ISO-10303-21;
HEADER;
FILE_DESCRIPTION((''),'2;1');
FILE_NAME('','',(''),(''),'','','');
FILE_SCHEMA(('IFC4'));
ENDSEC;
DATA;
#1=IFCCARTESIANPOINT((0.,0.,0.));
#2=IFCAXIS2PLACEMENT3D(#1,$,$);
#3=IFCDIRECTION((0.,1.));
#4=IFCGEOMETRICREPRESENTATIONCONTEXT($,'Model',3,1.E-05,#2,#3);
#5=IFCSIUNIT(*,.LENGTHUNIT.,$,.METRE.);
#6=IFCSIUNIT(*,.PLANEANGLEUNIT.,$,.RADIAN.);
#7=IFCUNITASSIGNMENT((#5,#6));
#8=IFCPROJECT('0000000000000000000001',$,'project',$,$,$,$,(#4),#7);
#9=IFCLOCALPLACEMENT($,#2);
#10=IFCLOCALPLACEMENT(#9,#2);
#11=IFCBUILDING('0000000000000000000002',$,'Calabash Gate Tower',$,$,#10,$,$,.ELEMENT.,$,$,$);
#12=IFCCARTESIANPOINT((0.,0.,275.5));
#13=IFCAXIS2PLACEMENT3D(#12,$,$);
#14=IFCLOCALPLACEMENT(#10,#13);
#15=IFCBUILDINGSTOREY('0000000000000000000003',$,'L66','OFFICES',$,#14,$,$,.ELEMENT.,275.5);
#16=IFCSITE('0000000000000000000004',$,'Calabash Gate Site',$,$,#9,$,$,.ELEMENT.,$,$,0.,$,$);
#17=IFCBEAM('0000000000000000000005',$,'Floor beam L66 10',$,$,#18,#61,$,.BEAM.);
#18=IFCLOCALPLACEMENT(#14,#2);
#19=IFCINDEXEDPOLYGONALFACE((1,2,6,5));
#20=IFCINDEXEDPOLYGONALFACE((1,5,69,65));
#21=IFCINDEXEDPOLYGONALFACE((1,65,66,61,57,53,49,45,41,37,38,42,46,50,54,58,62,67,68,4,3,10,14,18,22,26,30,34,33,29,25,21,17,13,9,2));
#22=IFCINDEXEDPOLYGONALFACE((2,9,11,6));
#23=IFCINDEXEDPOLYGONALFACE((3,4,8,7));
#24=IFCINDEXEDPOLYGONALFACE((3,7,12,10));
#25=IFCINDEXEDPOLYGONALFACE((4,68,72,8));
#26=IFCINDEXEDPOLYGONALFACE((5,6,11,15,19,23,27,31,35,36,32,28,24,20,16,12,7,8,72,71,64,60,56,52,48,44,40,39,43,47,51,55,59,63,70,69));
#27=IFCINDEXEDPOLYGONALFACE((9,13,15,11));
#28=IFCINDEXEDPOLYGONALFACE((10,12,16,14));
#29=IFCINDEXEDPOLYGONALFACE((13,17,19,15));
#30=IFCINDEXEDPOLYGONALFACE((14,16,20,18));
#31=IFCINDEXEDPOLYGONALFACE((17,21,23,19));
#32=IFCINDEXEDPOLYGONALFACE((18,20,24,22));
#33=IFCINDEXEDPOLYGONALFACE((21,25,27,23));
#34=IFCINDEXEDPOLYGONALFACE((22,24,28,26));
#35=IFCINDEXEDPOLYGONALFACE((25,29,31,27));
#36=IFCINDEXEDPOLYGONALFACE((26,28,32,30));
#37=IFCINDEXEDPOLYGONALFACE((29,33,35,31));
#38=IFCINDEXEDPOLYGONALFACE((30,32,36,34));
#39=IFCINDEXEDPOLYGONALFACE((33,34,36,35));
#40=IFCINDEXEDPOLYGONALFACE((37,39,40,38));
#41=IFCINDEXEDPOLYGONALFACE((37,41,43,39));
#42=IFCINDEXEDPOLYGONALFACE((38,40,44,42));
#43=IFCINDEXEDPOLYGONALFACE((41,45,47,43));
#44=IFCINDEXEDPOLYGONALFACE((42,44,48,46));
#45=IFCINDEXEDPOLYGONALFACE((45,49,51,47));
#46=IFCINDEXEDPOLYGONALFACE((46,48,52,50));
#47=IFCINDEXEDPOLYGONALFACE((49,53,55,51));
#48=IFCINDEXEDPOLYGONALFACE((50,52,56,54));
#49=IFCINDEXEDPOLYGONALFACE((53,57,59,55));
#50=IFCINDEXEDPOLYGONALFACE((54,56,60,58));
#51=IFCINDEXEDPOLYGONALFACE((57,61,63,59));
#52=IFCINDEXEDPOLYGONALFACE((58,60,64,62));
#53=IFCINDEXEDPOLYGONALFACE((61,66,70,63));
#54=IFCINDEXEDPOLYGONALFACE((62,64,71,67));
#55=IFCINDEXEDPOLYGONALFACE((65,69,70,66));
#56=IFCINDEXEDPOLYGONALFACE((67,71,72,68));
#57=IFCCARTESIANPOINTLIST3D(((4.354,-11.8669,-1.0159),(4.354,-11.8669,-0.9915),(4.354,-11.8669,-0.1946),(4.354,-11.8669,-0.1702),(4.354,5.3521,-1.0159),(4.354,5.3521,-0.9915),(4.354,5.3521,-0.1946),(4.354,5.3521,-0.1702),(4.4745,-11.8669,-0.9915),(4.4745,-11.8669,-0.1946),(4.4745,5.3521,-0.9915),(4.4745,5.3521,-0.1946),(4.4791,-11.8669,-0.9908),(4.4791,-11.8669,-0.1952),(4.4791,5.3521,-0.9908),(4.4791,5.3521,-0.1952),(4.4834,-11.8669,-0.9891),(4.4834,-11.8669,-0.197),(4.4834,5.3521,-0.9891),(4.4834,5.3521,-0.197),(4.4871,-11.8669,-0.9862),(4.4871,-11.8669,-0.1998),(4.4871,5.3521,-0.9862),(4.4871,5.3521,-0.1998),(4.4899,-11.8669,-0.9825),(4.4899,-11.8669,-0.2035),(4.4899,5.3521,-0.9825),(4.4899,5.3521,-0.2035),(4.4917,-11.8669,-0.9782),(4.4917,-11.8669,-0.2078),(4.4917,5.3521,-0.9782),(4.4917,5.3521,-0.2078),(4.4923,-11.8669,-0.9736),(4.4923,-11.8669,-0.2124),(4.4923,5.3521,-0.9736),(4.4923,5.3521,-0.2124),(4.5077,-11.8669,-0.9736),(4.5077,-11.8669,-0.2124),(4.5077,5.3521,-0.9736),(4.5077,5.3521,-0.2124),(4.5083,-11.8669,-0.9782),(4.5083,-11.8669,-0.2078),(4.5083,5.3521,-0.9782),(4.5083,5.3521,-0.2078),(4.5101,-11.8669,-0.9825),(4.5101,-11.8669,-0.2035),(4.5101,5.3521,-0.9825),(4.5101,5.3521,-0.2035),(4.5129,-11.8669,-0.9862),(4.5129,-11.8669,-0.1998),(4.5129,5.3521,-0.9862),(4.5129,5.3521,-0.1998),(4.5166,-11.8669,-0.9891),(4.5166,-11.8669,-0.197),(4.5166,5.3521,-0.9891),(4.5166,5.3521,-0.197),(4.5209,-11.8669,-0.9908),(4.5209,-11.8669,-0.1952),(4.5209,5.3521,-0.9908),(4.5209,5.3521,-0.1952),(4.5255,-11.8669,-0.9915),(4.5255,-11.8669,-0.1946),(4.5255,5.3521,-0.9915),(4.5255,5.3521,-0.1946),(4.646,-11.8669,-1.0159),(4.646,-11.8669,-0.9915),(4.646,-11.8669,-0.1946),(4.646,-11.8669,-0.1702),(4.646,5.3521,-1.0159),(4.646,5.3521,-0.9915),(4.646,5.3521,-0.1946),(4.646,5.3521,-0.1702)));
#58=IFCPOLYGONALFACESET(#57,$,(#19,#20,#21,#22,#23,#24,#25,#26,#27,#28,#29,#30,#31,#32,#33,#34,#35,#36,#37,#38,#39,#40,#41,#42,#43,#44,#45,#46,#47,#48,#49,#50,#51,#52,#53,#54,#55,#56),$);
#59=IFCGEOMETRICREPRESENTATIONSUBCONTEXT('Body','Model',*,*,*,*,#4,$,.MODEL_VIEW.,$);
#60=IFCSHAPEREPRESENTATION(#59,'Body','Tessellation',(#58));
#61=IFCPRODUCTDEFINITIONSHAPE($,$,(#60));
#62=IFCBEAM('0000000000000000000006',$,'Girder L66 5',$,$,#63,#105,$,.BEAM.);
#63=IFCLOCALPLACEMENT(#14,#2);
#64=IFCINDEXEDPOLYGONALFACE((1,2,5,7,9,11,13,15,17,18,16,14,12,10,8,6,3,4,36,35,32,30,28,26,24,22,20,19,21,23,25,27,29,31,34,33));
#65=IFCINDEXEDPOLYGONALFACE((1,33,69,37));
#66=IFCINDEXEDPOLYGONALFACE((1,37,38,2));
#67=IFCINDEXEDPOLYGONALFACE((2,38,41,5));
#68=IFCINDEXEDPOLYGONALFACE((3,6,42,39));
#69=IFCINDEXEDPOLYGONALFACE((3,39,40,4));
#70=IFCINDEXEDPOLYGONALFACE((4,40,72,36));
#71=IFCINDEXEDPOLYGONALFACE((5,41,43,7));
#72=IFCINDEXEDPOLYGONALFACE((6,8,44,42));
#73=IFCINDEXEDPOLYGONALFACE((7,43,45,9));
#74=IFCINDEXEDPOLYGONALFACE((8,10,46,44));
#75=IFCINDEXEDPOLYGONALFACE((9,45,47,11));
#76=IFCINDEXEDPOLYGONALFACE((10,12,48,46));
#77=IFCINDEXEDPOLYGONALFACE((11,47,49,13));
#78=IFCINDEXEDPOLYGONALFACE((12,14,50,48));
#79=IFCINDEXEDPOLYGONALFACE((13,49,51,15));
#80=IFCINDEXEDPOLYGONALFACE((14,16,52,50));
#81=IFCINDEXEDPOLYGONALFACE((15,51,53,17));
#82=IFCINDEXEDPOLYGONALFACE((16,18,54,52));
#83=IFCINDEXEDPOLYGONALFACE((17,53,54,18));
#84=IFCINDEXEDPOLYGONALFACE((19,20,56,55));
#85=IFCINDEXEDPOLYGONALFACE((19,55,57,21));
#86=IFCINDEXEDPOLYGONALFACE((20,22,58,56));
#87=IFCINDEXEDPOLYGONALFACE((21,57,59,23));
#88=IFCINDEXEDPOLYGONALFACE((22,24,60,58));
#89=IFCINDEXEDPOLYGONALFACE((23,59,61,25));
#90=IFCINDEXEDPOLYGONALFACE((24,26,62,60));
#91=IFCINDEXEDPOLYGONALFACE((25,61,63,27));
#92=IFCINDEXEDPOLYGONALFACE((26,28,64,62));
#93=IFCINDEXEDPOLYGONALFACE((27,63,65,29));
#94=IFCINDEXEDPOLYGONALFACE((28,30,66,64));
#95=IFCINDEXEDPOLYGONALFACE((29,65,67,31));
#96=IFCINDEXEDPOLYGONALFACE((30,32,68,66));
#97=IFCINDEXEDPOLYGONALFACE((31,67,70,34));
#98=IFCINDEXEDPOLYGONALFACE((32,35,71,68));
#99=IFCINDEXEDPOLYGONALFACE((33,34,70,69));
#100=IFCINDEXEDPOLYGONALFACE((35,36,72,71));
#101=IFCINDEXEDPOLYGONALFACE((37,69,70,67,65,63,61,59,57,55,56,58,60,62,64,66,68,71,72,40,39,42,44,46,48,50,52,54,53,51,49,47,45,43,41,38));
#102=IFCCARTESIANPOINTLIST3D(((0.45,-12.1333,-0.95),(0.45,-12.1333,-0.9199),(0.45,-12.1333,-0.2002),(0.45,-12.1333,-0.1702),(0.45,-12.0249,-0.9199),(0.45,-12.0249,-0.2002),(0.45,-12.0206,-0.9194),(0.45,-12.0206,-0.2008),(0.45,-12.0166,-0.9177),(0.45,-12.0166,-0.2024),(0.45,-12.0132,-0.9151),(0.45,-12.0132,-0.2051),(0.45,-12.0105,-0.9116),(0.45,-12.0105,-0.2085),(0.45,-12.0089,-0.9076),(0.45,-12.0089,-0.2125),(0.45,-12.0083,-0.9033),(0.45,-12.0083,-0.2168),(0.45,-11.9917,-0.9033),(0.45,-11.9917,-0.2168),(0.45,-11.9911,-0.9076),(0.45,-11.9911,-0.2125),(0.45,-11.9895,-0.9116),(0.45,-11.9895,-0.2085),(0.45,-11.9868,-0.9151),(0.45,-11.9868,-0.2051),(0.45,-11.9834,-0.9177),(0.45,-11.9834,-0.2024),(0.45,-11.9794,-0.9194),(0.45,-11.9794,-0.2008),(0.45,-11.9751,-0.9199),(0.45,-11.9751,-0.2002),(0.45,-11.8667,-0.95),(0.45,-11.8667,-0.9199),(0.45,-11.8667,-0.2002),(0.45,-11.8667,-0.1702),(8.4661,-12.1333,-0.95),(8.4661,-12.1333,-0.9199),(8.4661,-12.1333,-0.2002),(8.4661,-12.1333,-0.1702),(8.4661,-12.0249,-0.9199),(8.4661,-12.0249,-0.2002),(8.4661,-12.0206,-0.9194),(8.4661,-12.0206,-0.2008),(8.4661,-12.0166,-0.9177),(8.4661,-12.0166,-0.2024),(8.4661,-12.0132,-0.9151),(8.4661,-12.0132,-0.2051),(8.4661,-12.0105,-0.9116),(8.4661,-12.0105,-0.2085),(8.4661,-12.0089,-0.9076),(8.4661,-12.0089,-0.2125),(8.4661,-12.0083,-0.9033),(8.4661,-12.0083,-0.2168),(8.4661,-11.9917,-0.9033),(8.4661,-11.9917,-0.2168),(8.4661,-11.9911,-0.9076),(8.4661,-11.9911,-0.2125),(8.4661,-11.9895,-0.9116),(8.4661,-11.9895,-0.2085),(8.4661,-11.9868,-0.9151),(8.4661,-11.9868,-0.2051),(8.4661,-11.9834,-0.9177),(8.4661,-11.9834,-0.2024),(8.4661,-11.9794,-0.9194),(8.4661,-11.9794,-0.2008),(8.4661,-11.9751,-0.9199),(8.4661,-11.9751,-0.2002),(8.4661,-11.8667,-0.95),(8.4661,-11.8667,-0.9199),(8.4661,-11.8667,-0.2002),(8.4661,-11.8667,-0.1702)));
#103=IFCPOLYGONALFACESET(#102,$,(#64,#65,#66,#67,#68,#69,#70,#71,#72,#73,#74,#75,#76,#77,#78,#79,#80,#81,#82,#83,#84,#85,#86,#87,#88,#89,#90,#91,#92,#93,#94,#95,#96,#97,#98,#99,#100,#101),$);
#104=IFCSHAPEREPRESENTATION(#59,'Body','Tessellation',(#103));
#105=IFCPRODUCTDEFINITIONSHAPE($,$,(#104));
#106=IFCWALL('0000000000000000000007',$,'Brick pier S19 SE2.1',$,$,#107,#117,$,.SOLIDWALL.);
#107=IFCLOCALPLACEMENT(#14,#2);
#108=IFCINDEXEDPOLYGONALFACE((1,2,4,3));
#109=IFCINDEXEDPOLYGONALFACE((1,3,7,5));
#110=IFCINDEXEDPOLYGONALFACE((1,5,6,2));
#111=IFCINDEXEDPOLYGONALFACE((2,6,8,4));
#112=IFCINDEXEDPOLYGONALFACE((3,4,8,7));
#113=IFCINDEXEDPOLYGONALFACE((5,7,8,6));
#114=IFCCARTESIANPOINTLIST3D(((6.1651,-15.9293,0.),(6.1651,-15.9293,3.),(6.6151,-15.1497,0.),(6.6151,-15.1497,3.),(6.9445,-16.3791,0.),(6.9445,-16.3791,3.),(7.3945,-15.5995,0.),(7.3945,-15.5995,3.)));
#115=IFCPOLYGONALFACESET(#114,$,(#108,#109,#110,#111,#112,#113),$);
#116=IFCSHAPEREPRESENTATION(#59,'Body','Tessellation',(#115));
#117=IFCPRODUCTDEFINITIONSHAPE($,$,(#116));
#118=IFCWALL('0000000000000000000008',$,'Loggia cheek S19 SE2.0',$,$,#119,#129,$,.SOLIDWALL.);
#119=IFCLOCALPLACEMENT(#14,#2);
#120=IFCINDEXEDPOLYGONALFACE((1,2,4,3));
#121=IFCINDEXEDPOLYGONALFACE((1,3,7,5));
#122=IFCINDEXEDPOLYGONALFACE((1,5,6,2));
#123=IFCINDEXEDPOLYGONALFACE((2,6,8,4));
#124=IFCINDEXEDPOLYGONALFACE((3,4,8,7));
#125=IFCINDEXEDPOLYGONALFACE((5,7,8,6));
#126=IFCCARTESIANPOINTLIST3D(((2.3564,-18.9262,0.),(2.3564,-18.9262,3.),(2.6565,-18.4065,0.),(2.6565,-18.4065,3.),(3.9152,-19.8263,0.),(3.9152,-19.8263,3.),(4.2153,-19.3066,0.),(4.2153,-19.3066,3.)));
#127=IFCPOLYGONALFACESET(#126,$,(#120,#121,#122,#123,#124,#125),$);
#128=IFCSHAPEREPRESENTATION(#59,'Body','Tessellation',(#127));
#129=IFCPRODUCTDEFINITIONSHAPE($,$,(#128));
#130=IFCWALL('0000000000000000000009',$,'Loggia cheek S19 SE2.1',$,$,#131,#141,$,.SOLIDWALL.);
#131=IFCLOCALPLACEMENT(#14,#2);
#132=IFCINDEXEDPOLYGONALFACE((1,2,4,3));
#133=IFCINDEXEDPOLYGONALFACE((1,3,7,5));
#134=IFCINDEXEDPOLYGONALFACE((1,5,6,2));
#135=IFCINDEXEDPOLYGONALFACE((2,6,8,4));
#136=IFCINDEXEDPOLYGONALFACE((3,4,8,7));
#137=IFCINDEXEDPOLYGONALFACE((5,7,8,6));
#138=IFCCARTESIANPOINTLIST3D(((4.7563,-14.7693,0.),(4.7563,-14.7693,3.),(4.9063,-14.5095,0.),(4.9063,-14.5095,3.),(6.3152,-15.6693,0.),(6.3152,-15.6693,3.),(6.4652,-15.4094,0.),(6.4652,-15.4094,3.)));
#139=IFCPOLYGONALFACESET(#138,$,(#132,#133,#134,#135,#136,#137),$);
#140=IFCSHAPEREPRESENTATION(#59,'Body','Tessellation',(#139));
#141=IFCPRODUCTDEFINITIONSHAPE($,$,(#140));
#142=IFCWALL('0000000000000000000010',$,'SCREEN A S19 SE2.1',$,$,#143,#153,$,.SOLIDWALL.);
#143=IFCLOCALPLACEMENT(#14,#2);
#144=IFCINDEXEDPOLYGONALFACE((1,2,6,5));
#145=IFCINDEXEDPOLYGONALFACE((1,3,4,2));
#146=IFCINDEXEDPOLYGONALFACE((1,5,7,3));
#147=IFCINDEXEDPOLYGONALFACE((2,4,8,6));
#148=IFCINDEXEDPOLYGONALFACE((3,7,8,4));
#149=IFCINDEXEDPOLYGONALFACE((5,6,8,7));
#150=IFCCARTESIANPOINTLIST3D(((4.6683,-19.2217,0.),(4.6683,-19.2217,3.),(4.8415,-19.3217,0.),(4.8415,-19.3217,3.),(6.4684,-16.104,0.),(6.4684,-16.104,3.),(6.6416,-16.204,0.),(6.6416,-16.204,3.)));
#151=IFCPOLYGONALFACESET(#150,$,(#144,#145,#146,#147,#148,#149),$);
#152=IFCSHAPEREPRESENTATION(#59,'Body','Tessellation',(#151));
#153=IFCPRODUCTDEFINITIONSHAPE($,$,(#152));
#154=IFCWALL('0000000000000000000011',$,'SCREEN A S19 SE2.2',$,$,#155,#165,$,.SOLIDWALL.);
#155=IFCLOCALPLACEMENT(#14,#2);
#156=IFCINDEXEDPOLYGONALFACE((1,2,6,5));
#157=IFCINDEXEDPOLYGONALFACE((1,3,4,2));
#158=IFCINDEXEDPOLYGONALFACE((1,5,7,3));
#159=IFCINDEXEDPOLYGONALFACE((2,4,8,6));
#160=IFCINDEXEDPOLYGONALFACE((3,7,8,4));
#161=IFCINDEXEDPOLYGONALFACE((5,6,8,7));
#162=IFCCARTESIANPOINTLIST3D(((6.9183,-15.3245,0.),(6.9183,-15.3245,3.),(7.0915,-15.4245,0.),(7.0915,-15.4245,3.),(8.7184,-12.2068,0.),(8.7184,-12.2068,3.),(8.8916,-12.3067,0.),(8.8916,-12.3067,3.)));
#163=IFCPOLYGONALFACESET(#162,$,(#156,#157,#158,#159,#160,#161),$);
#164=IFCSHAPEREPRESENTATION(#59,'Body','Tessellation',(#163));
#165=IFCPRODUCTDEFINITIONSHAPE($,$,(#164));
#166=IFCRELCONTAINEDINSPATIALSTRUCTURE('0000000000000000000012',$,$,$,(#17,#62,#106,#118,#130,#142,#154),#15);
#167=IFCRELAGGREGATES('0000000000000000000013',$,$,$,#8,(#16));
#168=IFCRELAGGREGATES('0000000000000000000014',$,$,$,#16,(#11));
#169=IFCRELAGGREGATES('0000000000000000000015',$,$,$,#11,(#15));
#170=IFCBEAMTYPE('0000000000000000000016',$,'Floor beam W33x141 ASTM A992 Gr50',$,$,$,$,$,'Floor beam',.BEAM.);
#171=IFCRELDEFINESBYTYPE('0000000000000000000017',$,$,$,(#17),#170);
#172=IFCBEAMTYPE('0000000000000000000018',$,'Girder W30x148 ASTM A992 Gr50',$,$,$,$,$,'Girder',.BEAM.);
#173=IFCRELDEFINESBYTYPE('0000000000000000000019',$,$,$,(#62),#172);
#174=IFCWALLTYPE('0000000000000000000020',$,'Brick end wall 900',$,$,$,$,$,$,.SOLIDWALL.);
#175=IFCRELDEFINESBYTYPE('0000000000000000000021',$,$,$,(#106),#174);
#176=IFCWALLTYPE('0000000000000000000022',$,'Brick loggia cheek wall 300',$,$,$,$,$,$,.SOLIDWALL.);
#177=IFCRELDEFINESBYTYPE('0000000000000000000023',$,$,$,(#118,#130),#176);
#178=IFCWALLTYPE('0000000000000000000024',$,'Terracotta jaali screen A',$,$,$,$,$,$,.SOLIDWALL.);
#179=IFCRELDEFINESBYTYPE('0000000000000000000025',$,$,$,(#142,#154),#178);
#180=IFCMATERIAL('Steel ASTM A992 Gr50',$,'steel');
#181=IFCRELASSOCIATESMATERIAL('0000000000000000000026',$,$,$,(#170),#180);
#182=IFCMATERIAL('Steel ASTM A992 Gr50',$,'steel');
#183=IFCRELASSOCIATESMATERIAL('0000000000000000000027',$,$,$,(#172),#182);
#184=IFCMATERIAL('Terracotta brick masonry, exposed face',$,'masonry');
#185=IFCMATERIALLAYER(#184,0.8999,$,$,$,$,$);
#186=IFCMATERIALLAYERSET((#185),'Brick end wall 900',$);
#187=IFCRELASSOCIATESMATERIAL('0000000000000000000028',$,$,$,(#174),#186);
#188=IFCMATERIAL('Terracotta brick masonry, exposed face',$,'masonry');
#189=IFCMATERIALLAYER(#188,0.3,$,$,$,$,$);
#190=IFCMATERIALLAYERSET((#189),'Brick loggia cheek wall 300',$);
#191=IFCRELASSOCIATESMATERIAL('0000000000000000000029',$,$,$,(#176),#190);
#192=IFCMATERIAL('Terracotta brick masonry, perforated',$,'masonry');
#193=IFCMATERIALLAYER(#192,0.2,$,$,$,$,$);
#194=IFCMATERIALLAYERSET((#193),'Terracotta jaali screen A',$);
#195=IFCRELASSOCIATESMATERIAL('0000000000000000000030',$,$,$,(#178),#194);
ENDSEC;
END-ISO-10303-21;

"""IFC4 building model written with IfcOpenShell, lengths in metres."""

from ifc_helpers import new_model, si_unit, direction, frame, frame_2d, origin, origin_2d, place, context, subcontext, project, spatial, rectangle, i_section, extrude, material, layer, layer_set, material_profile, profile_set, type_object, element, save


model = new_model("IFC4")

# Units and contexts
model_context = context("Model", 3, precision=1e-05, world=origin(), true_north=direction((0.0, 1.0)))
body_context = subcontext(model_context, "Body", "Model", "MODEL_VIEW")
ifc_project = project(units=[si_unit("LENGTHUNIT", "METRE"), si_unit("PLANEANGLEUNIT", "RADIAN")], contexts=[model_context])

# Site, building, storey
site_placement = place(None, origin())
site = spatial("IfcSite", under=ifc_project, at=site_placement, Name="Calabash Gate Site", CompositionType="ELEMENT", RefElevation=0.0)
building_placement = place(site_placement, origin())
building = spatial("IfcBuilding", under=site, at=building_placement, Name="Calabash Gate Tower", CompositionType="ELEMENT")
storey_placement = place(building_placement, frame((0.0, 0.0, 275.5)))
storey = spatial("IfcBuildingStorey", under=building, at=storey_placement, Name="L66", Description="OFFICES", CompositionType="ELEMENT", Elevation=275.5)

# Beams
ifc_material_1 = material(Name="Steel ASTM A992 Gr50", Category="steel")
ifc_material_profile_1 = material_profile(ifc_material_1, i_section(OverallWidth=0.292, OverallDepth=0.8457, WebThickness=0.0154, FlangeThickness=0.0244, FilletRadius=0.0178, at=origin_2d()))
ifc_profile_set_1 = profile_set([ifc_material_profile_1], Name="Steel ASTM A992 Gr50")
beam_type_1 = type_object("IfcBeamType", Name="Floor beam W33x141 ASTM A992 Gr50", ElementType="Floor beam", PredefinedType="BEAM", material=ifc_profile_set_1)
beam_1_placement = place(storey_placement, frame((4.5, -11.8669, -0.593), z_axis=(0.0, 1.0, 0.0), x_axis=(-1.0, 0.0, 0.0)))
element("IfcBeam", 1, at=beam_1_placement, inside=storey, type_object=beam_type_1, Name="Floor beam L66 10", PredefinedType="BEAM", context=body_context, shape_type="SweptSolid", body=[
    extrude(i_section(OverallWidth=0.292, OverallDepth=0.8457, WebThickness=0.0154, FlangeThickness=0.0244, FilletRadius=0.0178, at=origin_2d()), origin(), (0.0, 0.0, 1.0), 17.219),
])
ifc_material_2 = material(Name="Steel ASTM A992 Gr50", Category="steel")
ifc_material_profile_2 = material_profile(ifc_material_2, i_section(OverallWidth=0.2666, OverallDepth=0.7798, WebThickness=0.0166, FlangeThickness=0.03, FilletRadius=0.0166, at=origin_2d()))
ifc_profile_set_2 = profile_set([ifc_material_profile_2], Name="Steel ASTM A992 Gr50")
beam_type_2 = type_object("IfcBeamType", Name="Girder W30x148 ASTM A992 Gr50", ElementType="Girder", PredefinedType="BEAM", material=ifc_profile_set_2)
beam_2_placement = place(storey_placement, frame((0.45, -12.0, -0.5601), z_axis=(1.0, 0.0, 0.0), x_axis=(0.0, 1.0, 0.0)))
element("IfcBeam", 2, at=beam_2_placement, inside=storey, type_object=beam_type_2, Name="Girder L66 5", PredefinedType="BEAM", context=body_context, shape_type="SweptSolid", body=[
    extrude(i_section(OverallWidth=0.2666, OverallDepth=0.7798, WebThickness=0.0166, FlangeThickness=0.03, FilletRadius=0.0166, at=origin_2d()), origin(), (0.0, 0.0, 1.0), 8.0161),
])

# Walls
ifc_material_3 = material(Name="Terracotta brick masonry, exposed face", Category="masonry")
ifc_layer_1 = layer(ifc_material_3, 0.8999)
ifc_layer_set_1 = layer_set([ifc_layer_1], Name="Brick end wall 900")
wall_type_1 = type_object("IfcWallType", Name="Brick end wall 900", PredefinedType="SOLIDWALL", material=ifc_layer_set_1)
wall_1_placement = place(storey_placement, frame((7.0049, -15.3745, 0.0), z_axis=(0.0, 0.0, 1.0), x_axis=(-0.499902, -0.866082, 0.0)))
element("IfcWall", 3, at=wall_1_placement, inside=storey, type_object=wall_type_1, Name="Brick pier S19 SE2.1", PredefinedType="SOLIDWALL", context=body_context, shape_type="SweptSolid", body=[
    extrude(rectangle(XDim=0.9001, YDim=0.8999, at=frame_2d((0.4502, 0.0))), origin(), (0.0, 0.0, 1.0), 3.0),
])
ifc_material_4 = material(Name="Terracotta brick masonry, exposed face", Category="masonry")
ifc_layer_2 = layer(ifc_material_4, 0.3)
ifc_layer_set_2 = layer_set([ifc_layer_2], Name="Brick loggia cheek wall 300")
wall_type_2 = type_object("IfcWallType", Name="Brick loggia cheek wall 300", PredefinedType="SOLIDWALL", material=ifc_layer_set_2)
wall_2_placement = place(storey_placement, frame((4.0652, -19.5664, 0.0), z_axis=(0.0, 0.0, 1.0), x_axis=(-0.865989, 0.500063, 0.0)))
element("IfcWall", 4, at=wall_2_placement, inside=storey, type_object=wall_type_2, Name="Loggia cheek S19 SE2.0", PredefinedType="SOLIDWALL", context=body_context, shape_type="SweptSolid", body=[
    extrude(rectangle(XDim=1.8, YDim=0.6001, at=frame_2d((0.8999, 0.0))), origin(), (0.0, 0.0, 1.0), 3.0),
])
wall_3_placement = place(storey_placement, frame((6.3901, -15.5393, 0.0), z_axis=(0.0, 0.0, 1.0), x_axis=(-0.866048, 0.499961, 0.0)))
element("IfcWall", 5, at=wall_3_placement, inside=storey, type_object=wall_type_2, Name="Loggia cheek S19 SE2.1", PredefinedType="SOLIDWALL", context=body_context, shape_type="SweptSolid", body=[
    extrude(rectangle(XDim=1.8, YDim=0.3, at=frame_2d((0.8999, 0.0))), origin(), (0.0, 0.0, 1.0), 3.0),
])
ifc_material_5 = material(Name="Terracotta brick masonry, perforated", Category="masonry")
ifc_layer_3 = layer(ifc_material_5, 0.2)
ifc_layer_set_3 = layer_set([ifc_layer_3], Name="Terracotta jaali screen A")
wall_type_3 = type_object("IfcWallType", Name="Terracotta jaali screen A", PredefinedType="SOLIDWALL", material=ifc_layer_set_3)
for number, where, z_axis, x_axis, name in (
    (6, (4.7549, -19.2717, 0.0), (0.0, 0.0, 1.0), (0.500012, 0.866018, 0.0), "SCREEN A S19 SE2.1"),
    (7, (7.0049, -15.3745, 0.0), (0.0, 0.0, 1.0), (0.500012, 0.866018, 0.0), "SCREEN A S19 SE2.2"),
):
    element("IfcWall", number, at=place(storey_placement, frame(where, z_axis=z_axis, x_axis=x_axis)), inside=storey, type_object=wall_type_3, Name=name, PredefinedType="SOLIDWALL", context=body_context, shape_type="SweptSolid", body=[
        extrude(rectangle(XDim=3.6001, YDim=0.2, at=frame_2d((1.8, 0.0))), origin(), (0.0, 0.0, 1.0), 3.0),
    ])

save(model, "model.ifc")
